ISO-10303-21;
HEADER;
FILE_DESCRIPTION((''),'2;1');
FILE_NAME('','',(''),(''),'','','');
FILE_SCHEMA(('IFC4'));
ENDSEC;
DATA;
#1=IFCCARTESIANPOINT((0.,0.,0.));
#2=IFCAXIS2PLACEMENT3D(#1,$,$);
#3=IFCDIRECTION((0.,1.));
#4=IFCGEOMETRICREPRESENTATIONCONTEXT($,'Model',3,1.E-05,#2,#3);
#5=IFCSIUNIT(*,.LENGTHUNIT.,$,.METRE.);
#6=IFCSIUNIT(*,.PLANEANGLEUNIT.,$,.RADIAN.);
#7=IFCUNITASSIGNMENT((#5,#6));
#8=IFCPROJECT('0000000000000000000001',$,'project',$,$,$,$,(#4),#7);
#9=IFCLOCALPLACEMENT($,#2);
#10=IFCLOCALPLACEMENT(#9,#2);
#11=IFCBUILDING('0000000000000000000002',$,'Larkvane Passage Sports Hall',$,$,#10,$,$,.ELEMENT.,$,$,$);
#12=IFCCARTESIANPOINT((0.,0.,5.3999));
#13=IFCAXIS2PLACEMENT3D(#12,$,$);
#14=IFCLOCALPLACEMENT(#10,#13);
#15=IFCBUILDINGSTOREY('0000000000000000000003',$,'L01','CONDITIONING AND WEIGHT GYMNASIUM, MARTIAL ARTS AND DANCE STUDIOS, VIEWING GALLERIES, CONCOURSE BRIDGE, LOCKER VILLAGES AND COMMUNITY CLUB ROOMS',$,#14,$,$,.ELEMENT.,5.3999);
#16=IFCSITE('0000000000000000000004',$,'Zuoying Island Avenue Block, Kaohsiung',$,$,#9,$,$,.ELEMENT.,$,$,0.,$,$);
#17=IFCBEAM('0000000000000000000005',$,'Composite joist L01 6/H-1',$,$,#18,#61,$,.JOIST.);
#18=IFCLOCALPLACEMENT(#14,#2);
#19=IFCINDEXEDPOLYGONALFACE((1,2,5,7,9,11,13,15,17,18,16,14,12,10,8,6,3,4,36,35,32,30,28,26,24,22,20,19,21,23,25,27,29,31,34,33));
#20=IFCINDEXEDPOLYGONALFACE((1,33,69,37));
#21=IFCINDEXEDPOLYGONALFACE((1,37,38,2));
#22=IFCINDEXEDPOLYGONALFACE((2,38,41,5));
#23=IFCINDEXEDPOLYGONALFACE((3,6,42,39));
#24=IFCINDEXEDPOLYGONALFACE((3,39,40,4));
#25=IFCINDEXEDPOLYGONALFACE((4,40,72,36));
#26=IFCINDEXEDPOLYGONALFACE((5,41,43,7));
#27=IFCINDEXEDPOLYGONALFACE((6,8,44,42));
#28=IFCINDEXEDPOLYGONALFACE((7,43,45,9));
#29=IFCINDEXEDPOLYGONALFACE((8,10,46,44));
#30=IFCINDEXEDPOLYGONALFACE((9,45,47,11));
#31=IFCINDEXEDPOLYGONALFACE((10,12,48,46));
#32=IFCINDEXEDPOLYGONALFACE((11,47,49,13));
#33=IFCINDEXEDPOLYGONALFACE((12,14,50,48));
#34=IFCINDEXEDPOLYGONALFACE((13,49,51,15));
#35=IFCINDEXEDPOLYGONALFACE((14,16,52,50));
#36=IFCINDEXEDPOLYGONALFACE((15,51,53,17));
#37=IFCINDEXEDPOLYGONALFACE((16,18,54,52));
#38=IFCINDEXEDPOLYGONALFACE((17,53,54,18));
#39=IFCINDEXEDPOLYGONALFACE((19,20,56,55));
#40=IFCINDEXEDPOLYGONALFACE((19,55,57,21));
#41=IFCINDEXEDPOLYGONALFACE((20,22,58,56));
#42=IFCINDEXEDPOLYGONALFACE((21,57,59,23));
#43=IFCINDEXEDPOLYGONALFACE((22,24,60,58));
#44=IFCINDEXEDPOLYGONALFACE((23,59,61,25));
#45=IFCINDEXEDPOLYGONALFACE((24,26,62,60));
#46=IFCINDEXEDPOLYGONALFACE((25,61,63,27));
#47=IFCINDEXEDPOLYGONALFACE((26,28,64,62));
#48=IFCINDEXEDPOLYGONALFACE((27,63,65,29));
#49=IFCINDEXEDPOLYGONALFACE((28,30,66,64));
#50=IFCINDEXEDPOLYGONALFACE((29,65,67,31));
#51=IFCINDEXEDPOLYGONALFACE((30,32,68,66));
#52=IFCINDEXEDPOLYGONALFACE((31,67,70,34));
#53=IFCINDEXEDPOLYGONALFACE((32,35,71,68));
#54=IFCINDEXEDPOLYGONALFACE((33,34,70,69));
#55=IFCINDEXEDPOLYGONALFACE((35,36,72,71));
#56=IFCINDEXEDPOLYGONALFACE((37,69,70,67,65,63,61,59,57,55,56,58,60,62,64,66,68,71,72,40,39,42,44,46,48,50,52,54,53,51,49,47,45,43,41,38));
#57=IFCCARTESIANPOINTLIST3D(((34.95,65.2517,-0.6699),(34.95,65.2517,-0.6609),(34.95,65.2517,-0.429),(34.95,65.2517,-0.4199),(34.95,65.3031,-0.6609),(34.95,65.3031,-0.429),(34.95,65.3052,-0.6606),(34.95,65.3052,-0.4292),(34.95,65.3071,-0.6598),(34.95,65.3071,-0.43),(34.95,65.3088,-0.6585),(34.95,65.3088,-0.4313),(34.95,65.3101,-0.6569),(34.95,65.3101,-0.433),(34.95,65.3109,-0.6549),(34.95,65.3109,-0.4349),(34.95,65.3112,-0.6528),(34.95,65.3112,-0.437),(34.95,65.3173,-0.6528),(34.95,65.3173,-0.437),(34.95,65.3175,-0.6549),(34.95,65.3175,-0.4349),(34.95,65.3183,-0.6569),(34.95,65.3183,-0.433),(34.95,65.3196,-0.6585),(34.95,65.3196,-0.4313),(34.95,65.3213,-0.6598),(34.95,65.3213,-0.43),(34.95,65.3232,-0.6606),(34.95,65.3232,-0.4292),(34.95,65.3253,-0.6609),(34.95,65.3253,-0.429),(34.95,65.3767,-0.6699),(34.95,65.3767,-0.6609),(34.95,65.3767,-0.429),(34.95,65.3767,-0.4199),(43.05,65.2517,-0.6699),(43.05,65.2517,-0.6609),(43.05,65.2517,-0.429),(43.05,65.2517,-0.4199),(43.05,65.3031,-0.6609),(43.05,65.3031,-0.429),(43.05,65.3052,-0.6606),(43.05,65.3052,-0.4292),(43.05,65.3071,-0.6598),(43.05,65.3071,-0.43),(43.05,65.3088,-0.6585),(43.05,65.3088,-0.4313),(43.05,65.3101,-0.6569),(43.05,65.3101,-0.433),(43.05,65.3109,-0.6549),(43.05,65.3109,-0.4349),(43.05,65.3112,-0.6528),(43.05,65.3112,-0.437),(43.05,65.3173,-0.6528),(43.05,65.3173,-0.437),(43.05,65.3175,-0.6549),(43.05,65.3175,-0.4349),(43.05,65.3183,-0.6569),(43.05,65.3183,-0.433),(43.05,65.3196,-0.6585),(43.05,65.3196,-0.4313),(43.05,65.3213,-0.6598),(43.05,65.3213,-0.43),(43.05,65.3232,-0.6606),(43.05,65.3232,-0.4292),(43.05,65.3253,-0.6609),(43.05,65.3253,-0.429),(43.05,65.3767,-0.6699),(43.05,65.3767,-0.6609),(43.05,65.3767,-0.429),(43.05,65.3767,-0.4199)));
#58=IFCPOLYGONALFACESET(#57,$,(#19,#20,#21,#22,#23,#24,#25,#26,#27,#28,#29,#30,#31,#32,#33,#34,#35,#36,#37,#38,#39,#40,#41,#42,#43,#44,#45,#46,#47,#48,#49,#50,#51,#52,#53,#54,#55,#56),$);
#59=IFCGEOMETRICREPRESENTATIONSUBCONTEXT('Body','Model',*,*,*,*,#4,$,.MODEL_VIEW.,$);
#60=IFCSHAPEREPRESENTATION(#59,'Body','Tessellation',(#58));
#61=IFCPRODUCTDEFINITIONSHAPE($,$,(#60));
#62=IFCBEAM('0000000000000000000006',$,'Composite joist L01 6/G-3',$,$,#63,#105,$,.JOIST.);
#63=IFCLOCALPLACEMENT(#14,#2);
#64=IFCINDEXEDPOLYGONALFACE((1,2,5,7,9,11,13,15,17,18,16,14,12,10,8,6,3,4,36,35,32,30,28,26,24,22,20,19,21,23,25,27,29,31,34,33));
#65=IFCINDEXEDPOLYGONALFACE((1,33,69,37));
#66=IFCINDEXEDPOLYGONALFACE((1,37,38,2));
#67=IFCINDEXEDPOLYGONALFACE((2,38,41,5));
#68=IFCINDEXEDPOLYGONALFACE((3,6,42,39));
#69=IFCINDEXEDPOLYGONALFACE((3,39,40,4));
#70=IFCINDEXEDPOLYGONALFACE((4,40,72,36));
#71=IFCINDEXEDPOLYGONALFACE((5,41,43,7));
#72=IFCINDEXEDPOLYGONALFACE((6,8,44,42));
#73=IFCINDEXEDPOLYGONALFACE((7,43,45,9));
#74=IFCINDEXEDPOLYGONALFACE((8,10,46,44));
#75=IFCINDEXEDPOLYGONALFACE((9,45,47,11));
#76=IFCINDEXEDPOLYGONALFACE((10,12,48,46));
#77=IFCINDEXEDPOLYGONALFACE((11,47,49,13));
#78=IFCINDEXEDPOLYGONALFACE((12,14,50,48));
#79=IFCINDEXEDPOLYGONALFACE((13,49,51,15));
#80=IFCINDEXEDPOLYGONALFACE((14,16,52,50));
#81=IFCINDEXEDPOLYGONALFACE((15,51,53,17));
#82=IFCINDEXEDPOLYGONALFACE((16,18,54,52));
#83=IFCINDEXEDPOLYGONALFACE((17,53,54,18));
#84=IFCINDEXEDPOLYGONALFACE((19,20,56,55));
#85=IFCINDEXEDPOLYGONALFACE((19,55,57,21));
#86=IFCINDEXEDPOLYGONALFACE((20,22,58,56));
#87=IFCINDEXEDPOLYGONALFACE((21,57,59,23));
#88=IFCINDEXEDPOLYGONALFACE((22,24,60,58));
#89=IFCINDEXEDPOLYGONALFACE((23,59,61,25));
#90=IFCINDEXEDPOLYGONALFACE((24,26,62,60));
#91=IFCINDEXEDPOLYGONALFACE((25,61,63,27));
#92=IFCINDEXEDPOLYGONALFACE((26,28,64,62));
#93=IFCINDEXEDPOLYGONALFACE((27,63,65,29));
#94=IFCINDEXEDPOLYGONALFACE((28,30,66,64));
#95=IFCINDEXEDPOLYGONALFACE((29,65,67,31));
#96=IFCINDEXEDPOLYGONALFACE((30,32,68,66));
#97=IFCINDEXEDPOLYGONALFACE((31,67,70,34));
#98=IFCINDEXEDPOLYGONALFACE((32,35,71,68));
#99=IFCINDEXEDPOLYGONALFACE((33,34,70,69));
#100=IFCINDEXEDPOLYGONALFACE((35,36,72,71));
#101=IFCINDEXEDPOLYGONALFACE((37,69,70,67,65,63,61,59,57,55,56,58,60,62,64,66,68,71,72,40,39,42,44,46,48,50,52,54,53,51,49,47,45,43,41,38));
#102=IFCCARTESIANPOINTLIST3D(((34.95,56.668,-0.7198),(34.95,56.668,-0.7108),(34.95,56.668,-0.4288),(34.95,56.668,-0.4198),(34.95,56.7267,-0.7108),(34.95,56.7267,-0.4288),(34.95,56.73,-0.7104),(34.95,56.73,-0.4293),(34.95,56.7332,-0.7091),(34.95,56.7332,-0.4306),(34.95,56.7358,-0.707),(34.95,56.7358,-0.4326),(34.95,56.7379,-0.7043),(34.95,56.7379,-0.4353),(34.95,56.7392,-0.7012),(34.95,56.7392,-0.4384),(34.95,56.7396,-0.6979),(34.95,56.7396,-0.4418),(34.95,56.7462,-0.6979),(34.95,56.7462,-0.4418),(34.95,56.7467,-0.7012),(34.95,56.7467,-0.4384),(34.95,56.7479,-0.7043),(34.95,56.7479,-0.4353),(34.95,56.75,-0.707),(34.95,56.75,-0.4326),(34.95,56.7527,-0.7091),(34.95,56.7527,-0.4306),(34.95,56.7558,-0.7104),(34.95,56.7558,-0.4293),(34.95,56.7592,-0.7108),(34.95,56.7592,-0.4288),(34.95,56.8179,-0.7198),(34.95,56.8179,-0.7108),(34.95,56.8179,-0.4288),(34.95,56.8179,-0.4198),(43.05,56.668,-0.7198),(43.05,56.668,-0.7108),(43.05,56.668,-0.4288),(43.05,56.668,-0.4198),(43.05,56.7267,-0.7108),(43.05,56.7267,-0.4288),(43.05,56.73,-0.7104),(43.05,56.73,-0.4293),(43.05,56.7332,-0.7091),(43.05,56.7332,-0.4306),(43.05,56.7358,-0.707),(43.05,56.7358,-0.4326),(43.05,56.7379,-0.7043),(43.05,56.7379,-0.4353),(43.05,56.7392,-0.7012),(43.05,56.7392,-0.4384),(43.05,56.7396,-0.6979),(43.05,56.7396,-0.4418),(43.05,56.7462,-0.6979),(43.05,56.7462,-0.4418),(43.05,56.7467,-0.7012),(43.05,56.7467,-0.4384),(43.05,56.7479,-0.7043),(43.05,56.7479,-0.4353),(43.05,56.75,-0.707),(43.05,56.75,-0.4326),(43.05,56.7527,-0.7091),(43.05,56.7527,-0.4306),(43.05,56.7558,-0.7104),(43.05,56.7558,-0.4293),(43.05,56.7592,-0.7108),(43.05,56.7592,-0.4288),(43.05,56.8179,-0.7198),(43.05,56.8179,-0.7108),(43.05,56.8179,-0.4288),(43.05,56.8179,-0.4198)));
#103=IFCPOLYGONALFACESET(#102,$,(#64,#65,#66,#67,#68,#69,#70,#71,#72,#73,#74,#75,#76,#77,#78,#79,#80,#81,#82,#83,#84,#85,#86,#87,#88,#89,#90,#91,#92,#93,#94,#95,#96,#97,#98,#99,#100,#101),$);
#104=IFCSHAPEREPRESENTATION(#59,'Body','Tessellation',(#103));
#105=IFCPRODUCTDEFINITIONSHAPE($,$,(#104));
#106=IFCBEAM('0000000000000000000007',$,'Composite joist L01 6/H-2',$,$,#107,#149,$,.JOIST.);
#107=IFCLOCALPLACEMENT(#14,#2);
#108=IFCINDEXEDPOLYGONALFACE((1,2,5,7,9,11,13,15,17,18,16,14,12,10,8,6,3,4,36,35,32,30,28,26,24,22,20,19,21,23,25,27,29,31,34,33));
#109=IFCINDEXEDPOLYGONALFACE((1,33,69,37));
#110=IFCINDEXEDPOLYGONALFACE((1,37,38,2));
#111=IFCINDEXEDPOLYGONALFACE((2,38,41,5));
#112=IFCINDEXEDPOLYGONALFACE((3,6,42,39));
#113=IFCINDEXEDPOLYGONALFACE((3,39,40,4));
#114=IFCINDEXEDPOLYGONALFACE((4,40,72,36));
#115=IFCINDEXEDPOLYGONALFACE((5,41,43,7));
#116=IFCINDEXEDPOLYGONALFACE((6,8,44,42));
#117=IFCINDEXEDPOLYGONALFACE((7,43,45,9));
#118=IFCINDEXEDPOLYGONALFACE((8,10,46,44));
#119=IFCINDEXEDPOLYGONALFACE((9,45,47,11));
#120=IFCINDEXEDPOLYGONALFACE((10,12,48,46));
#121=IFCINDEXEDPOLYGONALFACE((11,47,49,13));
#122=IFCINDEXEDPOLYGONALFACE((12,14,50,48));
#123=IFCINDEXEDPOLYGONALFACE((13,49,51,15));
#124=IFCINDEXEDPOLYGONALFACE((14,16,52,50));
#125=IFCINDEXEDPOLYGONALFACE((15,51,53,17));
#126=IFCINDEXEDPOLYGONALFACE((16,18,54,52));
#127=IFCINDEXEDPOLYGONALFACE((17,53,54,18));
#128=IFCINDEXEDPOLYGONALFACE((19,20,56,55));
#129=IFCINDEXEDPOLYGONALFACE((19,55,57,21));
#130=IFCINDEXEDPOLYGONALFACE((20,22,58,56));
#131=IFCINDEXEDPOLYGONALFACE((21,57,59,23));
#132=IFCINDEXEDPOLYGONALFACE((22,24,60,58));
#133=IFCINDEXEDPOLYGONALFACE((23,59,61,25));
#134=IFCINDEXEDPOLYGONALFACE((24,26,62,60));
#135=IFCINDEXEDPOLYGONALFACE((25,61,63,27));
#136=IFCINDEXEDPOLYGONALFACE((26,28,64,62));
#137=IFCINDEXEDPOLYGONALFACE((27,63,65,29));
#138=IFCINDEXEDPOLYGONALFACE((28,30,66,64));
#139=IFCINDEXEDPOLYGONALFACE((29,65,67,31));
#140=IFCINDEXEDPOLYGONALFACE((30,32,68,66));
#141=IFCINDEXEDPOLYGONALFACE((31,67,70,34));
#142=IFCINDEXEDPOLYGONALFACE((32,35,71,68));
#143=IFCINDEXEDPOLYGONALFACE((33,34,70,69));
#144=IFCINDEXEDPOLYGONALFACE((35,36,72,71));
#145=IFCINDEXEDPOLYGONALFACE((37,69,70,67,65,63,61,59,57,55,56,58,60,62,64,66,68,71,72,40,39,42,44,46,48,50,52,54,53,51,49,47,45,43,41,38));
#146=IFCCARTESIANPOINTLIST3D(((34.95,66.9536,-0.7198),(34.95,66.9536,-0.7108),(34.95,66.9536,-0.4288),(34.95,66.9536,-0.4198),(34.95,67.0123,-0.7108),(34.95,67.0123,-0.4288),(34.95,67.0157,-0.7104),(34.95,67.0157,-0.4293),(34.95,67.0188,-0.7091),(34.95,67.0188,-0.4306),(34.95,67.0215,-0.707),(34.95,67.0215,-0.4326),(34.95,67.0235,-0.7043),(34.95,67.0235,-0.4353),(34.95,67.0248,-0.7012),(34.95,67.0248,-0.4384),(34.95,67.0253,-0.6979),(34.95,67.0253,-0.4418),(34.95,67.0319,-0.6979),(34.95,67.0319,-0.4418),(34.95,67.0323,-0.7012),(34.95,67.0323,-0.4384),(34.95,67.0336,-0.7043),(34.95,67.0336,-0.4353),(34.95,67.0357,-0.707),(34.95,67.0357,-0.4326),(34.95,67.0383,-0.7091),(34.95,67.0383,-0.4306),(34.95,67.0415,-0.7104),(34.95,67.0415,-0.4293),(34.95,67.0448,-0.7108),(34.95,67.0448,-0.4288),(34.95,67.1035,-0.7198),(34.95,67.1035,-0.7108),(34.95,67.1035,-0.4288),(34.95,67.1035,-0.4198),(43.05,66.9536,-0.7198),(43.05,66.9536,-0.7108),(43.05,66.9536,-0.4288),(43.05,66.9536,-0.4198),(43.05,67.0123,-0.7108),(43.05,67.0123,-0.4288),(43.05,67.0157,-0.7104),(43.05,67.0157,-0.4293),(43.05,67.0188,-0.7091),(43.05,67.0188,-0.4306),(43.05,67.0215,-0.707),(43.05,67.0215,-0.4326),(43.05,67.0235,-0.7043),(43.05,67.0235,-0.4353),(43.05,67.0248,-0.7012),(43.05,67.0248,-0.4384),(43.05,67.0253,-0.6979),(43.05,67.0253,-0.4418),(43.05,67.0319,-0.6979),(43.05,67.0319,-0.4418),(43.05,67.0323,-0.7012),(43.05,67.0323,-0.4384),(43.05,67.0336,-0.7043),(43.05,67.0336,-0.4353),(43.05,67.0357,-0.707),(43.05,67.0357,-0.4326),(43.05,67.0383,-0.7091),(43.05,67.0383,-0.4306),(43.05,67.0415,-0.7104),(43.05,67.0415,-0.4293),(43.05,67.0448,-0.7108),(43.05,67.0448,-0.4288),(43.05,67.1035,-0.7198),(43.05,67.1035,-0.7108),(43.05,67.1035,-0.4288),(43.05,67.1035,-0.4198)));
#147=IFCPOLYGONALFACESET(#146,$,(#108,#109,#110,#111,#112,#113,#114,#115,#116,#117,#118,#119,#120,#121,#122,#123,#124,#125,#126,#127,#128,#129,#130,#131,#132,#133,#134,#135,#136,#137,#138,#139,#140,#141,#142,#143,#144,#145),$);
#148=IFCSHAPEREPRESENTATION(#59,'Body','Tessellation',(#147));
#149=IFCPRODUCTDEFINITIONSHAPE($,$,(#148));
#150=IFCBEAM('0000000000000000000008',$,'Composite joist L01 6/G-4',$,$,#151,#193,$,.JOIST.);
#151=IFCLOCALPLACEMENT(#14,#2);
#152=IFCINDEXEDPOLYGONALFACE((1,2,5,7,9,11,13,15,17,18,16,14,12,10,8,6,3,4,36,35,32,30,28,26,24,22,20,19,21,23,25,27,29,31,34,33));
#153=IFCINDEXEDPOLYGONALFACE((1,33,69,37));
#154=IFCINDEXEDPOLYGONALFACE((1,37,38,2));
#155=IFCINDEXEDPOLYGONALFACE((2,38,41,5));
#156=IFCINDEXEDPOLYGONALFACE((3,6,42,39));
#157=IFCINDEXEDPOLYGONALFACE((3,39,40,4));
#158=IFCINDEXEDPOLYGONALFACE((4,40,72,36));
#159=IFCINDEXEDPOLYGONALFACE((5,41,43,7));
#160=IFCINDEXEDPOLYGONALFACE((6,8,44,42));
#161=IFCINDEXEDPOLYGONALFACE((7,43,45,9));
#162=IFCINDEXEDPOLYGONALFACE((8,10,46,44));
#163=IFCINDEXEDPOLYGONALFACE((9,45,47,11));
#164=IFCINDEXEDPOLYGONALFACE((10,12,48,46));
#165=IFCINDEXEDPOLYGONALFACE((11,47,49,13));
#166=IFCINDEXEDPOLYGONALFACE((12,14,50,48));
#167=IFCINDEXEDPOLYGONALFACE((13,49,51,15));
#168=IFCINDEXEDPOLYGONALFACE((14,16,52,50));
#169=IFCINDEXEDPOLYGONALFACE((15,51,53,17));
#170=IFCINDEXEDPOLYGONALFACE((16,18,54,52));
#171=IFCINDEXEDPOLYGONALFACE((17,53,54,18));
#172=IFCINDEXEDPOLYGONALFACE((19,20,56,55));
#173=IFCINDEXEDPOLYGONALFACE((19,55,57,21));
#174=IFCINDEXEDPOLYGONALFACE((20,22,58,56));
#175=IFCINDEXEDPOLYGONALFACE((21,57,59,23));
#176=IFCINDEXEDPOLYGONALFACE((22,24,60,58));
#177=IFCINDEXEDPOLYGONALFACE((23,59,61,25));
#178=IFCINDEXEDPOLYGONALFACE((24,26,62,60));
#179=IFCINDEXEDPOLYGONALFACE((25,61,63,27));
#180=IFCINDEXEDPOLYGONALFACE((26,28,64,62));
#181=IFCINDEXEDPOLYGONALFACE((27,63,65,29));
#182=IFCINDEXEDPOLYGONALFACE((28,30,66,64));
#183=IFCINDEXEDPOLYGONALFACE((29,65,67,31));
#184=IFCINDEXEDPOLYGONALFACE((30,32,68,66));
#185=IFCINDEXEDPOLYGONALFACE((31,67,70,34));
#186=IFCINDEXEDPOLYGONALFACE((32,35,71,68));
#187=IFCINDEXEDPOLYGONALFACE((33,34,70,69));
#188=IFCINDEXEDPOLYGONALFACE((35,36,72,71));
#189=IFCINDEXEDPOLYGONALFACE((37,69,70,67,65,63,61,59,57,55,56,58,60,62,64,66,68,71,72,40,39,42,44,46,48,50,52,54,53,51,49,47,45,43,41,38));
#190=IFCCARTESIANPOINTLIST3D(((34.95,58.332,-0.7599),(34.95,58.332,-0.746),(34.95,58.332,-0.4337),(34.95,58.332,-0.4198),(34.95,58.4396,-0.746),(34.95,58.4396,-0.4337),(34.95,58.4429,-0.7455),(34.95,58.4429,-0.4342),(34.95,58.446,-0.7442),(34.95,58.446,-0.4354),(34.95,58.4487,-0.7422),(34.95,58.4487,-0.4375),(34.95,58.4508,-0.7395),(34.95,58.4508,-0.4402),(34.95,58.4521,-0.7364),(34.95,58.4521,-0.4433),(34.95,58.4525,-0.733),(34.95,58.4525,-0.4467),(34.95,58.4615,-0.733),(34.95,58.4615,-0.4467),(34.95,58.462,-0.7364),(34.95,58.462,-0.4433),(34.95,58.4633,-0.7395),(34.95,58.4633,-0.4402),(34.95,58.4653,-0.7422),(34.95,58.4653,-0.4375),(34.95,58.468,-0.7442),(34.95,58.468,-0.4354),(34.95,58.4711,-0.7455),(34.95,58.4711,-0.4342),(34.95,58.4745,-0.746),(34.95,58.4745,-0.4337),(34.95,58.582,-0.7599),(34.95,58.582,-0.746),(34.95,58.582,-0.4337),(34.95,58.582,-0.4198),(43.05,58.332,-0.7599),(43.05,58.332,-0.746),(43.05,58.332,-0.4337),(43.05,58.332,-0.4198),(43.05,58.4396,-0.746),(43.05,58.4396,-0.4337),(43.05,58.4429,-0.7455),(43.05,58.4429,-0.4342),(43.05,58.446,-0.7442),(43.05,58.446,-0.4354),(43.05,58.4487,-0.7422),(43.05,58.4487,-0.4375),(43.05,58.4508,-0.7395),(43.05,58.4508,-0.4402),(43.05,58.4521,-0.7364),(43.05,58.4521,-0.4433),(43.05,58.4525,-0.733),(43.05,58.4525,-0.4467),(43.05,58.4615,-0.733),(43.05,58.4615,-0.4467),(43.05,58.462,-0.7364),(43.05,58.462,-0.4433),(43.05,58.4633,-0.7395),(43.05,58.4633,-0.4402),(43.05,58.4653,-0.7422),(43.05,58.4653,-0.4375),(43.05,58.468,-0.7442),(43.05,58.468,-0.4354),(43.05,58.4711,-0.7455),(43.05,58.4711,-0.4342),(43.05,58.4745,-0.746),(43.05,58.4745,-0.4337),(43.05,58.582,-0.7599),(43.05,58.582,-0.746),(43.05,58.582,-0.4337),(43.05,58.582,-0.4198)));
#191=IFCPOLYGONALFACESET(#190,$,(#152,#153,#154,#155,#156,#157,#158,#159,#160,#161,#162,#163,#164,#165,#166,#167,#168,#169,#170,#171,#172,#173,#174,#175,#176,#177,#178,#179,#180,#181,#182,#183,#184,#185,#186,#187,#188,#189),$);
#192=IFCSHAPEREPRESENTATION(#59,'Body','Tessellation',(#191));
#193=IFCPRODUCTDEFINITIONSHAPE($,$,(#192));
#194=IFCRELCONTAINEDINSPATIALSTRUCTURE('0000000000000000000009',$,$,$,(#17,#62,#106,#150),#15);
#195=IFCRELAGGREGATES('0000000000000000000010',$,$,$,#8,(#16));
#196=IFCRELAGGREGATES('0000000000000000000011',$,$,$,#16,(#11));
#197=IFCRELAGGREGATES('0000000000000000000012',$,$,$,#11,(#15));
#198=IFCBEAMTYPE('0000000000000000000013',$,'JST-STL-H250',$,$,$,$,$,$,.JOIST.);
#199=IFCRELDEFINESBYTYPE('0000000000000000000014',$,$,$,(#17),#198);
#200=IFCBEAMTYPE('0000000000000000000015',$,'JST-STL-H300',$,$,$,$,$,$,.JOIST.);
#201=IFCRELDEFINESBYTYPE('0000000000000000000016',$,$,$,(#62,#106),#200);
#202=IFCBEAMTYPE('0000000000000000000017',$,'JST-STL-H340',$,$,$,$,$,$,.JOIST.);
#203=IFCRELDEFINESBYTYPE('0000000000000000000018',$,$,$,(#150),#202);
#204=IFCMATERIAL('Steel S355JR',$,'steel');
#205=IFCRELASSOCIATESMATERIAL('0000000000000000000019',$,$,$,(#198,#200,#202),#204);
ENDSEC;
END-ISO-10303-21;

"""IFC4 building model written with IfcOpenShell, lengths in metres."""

from ifc_helpers import new_model, si_unit, direction, frame, origin, origin_2d, place, context, subcontext, project, spatial, i_section, extrude, material, material_profile, profile_set, type_object, element, save


model = new_model("IFC4")

# Units and contexts
model_context = context("Model", 3, precision=1e-05, world=origin(), true_north=direction((0.0, 1.0)))
body_context = subcontext(model_context, "Body", "Model", "MODEL_VIEW")
ifc_project = project(units=[si_unit("LENGTHUNIT", "METRE"), si_unit("PLANEANGLEUNIT", "RADIAN")], contexts=[model_context])

# Site, building, storey
site_placement = place(None, origin())
site = spatial("IfcSite", under=ifc_project, at=site_placement, Name="Zuoying Island Avenue Block, Kaohsiung", CompositionType="ELEMENT", RefElevation=0.0)
building_placement = place(site_placement, origin())
building = spatial("IfcBuilding", under=site, at=building_placement, Name="Larkvane Passage Sports Hall", CompositionType="ELEMENT")
storey_placement = place(building_placement, frame((0.0, 0.0, 5.3999)))
storey = spatial("IfcBuildingStorey", under=building, at=storey_placement, Name="L01", Description="CONDITIONING AND WEIGHT GYMNASIUM, MARTIAL ARTS AND DANCE STUDIOS, VIEWING GALLERIES, CONCOURSE BRIDGE, LOCKER VILLAGES AND COMMUNITY CLUB ROOMS", CompositionType="ELEMENT", Elevation=5.3999)

# Shared definitions
ifc_material_1 = material(Name="Steel S355JR", Category="steel")

# Beams
ifc_material_profile_1 = material_profile(ifc_material_1, i_section(OverallWidth=0.125, OverallDepth=0.25, WebThickness=0.0061, FlangeThickness=0.009, FilletRadius=0.0081, at=origin_2d()), Name="H-250x125x6x9")
ifc_profile_set_1 = profile_set([ifc_material_profile_1], Name="Steel S355JR")
beam_type_1 = type_object("IfcBeamType", Name="JST-STL-H250", PredefinedType="JOIST", material=ifc_profile_set_1)
for number, where, z_axis, x_axis, name in (
    (1, (34.95, 65.3142, -0.5449), (1.0, 0.0, 0.0), (0.0, 1.0, 0.0), "Composite joist L01 6/H-1"),
):
    element("IfcBeam", number, at=place(storey_placement, frame(where, z_axis=z_axis, x_axis=x_axis)), inside=storey, type_object=beam_type_1, Name=name, PredefinedType="JOIST", context=body_context, shape_type="SweptSolid", body=[
        extrude(i_section(OverallWidth=0.125, OverallDepth=0.25, WebThickness=0.0061, FlangeThickness=0.009, FilletRadius=0.0081, at=origin_2d()), origin(), (0.0, 0.0, 1.0), 8.1001),
    ])
ifc_material_profile_2 = material_profile(ifc_material_1, i_section(OverallWidth=0.1499, OverallDepth=0.3, WebThickness=0.0066, FlangeThickness=0.009, FilletRadius=0.0129, at=origin_2d()), Name="H-300x150x6.5x9")
ifc_profile_set_2 = profile_set([ifc_material_profile_2], Name="Steel S355JR")
beam_type_2 = type_object("IfcBeamType", Name="JST-STL-H300", PredefinedType="JOIST", material=ifc_profile_set_2)
for number, where, z_axis, x_axis, name in (
    (2, (34.95, 56.7429, -0.5698), (1.0, 0.0, 0.0), (0.0, 1.0, 0.0), "Composite joist L01 6/G-3"),
    (3, (34.95, 67.0286, -0.5698), (1.0, 0.0, 0.0), (0.0, 1.0, 0.0), "Composite joist L01 6/H-2"),
):
    element("IfcBeam", number, at=place(storey_placement, frame(where, z_axis=z_axis, x_axis=x_axis)), inside=storey, type_object=beam_type_2, Name=name, PredefinedType="JOIST", context=body_context, shape_type="SweptSolid", body=[
        extrude(i_section(OverallWidth=0.1499, OverallDepth=0.3, WebThickness=0.0066, FlangeThickness=0.009, FilletRadius=0.0129, at=origin_2d()), origin(), (0.0, 0.0, 1.0), 8.1001),
    ])
ifc_material_profile_3 = material_profile(ifc_material_1, i_section(OverallWidth=0.25, OverallDepth=0.3401, WebThickness=0.009, FlangeThickness=0.0139, FilletRadius=0.0129, at=origin_2d()), Name="H-340x250x9x14")
ifc_profile_set_3 = profile_set([ifc_material_profile_3], Name="Steel S355JR")
beam_type_3 = type_object("IfcBeamType", Name="JST-STL-H340", PredefinedType="JOIST", material=ifc_profile_set_3)
for number, where, z_axis, x_axis, name in (
    (4, (34.95, 58.457, -0.5898), (1.0, 0.0, 0.0), (0.0, 1.0, 0.0), "Composite joist L01 6/G-4"),
):
    element("IfcBeam", number, at=place(storey_placement, frame(where, z_axis=z_axis, x_axis=x_axis)), inside=storey, type_object=beam_type_3, Name=name, PredefinedType="JOIST", context=body_context, shape_type="SweptSolid", body=[
        extrude(i_section(OverallWidth=0.25, OverallDepth=0.3401, WebThickness=0.009, FlangeThickness=0.0139, FilletRadius=0.0129, at=origin_2d()), origin(), (0.0, 0.0, 1.0), 8.1001),
    ])

save(model, "model.ifc")
